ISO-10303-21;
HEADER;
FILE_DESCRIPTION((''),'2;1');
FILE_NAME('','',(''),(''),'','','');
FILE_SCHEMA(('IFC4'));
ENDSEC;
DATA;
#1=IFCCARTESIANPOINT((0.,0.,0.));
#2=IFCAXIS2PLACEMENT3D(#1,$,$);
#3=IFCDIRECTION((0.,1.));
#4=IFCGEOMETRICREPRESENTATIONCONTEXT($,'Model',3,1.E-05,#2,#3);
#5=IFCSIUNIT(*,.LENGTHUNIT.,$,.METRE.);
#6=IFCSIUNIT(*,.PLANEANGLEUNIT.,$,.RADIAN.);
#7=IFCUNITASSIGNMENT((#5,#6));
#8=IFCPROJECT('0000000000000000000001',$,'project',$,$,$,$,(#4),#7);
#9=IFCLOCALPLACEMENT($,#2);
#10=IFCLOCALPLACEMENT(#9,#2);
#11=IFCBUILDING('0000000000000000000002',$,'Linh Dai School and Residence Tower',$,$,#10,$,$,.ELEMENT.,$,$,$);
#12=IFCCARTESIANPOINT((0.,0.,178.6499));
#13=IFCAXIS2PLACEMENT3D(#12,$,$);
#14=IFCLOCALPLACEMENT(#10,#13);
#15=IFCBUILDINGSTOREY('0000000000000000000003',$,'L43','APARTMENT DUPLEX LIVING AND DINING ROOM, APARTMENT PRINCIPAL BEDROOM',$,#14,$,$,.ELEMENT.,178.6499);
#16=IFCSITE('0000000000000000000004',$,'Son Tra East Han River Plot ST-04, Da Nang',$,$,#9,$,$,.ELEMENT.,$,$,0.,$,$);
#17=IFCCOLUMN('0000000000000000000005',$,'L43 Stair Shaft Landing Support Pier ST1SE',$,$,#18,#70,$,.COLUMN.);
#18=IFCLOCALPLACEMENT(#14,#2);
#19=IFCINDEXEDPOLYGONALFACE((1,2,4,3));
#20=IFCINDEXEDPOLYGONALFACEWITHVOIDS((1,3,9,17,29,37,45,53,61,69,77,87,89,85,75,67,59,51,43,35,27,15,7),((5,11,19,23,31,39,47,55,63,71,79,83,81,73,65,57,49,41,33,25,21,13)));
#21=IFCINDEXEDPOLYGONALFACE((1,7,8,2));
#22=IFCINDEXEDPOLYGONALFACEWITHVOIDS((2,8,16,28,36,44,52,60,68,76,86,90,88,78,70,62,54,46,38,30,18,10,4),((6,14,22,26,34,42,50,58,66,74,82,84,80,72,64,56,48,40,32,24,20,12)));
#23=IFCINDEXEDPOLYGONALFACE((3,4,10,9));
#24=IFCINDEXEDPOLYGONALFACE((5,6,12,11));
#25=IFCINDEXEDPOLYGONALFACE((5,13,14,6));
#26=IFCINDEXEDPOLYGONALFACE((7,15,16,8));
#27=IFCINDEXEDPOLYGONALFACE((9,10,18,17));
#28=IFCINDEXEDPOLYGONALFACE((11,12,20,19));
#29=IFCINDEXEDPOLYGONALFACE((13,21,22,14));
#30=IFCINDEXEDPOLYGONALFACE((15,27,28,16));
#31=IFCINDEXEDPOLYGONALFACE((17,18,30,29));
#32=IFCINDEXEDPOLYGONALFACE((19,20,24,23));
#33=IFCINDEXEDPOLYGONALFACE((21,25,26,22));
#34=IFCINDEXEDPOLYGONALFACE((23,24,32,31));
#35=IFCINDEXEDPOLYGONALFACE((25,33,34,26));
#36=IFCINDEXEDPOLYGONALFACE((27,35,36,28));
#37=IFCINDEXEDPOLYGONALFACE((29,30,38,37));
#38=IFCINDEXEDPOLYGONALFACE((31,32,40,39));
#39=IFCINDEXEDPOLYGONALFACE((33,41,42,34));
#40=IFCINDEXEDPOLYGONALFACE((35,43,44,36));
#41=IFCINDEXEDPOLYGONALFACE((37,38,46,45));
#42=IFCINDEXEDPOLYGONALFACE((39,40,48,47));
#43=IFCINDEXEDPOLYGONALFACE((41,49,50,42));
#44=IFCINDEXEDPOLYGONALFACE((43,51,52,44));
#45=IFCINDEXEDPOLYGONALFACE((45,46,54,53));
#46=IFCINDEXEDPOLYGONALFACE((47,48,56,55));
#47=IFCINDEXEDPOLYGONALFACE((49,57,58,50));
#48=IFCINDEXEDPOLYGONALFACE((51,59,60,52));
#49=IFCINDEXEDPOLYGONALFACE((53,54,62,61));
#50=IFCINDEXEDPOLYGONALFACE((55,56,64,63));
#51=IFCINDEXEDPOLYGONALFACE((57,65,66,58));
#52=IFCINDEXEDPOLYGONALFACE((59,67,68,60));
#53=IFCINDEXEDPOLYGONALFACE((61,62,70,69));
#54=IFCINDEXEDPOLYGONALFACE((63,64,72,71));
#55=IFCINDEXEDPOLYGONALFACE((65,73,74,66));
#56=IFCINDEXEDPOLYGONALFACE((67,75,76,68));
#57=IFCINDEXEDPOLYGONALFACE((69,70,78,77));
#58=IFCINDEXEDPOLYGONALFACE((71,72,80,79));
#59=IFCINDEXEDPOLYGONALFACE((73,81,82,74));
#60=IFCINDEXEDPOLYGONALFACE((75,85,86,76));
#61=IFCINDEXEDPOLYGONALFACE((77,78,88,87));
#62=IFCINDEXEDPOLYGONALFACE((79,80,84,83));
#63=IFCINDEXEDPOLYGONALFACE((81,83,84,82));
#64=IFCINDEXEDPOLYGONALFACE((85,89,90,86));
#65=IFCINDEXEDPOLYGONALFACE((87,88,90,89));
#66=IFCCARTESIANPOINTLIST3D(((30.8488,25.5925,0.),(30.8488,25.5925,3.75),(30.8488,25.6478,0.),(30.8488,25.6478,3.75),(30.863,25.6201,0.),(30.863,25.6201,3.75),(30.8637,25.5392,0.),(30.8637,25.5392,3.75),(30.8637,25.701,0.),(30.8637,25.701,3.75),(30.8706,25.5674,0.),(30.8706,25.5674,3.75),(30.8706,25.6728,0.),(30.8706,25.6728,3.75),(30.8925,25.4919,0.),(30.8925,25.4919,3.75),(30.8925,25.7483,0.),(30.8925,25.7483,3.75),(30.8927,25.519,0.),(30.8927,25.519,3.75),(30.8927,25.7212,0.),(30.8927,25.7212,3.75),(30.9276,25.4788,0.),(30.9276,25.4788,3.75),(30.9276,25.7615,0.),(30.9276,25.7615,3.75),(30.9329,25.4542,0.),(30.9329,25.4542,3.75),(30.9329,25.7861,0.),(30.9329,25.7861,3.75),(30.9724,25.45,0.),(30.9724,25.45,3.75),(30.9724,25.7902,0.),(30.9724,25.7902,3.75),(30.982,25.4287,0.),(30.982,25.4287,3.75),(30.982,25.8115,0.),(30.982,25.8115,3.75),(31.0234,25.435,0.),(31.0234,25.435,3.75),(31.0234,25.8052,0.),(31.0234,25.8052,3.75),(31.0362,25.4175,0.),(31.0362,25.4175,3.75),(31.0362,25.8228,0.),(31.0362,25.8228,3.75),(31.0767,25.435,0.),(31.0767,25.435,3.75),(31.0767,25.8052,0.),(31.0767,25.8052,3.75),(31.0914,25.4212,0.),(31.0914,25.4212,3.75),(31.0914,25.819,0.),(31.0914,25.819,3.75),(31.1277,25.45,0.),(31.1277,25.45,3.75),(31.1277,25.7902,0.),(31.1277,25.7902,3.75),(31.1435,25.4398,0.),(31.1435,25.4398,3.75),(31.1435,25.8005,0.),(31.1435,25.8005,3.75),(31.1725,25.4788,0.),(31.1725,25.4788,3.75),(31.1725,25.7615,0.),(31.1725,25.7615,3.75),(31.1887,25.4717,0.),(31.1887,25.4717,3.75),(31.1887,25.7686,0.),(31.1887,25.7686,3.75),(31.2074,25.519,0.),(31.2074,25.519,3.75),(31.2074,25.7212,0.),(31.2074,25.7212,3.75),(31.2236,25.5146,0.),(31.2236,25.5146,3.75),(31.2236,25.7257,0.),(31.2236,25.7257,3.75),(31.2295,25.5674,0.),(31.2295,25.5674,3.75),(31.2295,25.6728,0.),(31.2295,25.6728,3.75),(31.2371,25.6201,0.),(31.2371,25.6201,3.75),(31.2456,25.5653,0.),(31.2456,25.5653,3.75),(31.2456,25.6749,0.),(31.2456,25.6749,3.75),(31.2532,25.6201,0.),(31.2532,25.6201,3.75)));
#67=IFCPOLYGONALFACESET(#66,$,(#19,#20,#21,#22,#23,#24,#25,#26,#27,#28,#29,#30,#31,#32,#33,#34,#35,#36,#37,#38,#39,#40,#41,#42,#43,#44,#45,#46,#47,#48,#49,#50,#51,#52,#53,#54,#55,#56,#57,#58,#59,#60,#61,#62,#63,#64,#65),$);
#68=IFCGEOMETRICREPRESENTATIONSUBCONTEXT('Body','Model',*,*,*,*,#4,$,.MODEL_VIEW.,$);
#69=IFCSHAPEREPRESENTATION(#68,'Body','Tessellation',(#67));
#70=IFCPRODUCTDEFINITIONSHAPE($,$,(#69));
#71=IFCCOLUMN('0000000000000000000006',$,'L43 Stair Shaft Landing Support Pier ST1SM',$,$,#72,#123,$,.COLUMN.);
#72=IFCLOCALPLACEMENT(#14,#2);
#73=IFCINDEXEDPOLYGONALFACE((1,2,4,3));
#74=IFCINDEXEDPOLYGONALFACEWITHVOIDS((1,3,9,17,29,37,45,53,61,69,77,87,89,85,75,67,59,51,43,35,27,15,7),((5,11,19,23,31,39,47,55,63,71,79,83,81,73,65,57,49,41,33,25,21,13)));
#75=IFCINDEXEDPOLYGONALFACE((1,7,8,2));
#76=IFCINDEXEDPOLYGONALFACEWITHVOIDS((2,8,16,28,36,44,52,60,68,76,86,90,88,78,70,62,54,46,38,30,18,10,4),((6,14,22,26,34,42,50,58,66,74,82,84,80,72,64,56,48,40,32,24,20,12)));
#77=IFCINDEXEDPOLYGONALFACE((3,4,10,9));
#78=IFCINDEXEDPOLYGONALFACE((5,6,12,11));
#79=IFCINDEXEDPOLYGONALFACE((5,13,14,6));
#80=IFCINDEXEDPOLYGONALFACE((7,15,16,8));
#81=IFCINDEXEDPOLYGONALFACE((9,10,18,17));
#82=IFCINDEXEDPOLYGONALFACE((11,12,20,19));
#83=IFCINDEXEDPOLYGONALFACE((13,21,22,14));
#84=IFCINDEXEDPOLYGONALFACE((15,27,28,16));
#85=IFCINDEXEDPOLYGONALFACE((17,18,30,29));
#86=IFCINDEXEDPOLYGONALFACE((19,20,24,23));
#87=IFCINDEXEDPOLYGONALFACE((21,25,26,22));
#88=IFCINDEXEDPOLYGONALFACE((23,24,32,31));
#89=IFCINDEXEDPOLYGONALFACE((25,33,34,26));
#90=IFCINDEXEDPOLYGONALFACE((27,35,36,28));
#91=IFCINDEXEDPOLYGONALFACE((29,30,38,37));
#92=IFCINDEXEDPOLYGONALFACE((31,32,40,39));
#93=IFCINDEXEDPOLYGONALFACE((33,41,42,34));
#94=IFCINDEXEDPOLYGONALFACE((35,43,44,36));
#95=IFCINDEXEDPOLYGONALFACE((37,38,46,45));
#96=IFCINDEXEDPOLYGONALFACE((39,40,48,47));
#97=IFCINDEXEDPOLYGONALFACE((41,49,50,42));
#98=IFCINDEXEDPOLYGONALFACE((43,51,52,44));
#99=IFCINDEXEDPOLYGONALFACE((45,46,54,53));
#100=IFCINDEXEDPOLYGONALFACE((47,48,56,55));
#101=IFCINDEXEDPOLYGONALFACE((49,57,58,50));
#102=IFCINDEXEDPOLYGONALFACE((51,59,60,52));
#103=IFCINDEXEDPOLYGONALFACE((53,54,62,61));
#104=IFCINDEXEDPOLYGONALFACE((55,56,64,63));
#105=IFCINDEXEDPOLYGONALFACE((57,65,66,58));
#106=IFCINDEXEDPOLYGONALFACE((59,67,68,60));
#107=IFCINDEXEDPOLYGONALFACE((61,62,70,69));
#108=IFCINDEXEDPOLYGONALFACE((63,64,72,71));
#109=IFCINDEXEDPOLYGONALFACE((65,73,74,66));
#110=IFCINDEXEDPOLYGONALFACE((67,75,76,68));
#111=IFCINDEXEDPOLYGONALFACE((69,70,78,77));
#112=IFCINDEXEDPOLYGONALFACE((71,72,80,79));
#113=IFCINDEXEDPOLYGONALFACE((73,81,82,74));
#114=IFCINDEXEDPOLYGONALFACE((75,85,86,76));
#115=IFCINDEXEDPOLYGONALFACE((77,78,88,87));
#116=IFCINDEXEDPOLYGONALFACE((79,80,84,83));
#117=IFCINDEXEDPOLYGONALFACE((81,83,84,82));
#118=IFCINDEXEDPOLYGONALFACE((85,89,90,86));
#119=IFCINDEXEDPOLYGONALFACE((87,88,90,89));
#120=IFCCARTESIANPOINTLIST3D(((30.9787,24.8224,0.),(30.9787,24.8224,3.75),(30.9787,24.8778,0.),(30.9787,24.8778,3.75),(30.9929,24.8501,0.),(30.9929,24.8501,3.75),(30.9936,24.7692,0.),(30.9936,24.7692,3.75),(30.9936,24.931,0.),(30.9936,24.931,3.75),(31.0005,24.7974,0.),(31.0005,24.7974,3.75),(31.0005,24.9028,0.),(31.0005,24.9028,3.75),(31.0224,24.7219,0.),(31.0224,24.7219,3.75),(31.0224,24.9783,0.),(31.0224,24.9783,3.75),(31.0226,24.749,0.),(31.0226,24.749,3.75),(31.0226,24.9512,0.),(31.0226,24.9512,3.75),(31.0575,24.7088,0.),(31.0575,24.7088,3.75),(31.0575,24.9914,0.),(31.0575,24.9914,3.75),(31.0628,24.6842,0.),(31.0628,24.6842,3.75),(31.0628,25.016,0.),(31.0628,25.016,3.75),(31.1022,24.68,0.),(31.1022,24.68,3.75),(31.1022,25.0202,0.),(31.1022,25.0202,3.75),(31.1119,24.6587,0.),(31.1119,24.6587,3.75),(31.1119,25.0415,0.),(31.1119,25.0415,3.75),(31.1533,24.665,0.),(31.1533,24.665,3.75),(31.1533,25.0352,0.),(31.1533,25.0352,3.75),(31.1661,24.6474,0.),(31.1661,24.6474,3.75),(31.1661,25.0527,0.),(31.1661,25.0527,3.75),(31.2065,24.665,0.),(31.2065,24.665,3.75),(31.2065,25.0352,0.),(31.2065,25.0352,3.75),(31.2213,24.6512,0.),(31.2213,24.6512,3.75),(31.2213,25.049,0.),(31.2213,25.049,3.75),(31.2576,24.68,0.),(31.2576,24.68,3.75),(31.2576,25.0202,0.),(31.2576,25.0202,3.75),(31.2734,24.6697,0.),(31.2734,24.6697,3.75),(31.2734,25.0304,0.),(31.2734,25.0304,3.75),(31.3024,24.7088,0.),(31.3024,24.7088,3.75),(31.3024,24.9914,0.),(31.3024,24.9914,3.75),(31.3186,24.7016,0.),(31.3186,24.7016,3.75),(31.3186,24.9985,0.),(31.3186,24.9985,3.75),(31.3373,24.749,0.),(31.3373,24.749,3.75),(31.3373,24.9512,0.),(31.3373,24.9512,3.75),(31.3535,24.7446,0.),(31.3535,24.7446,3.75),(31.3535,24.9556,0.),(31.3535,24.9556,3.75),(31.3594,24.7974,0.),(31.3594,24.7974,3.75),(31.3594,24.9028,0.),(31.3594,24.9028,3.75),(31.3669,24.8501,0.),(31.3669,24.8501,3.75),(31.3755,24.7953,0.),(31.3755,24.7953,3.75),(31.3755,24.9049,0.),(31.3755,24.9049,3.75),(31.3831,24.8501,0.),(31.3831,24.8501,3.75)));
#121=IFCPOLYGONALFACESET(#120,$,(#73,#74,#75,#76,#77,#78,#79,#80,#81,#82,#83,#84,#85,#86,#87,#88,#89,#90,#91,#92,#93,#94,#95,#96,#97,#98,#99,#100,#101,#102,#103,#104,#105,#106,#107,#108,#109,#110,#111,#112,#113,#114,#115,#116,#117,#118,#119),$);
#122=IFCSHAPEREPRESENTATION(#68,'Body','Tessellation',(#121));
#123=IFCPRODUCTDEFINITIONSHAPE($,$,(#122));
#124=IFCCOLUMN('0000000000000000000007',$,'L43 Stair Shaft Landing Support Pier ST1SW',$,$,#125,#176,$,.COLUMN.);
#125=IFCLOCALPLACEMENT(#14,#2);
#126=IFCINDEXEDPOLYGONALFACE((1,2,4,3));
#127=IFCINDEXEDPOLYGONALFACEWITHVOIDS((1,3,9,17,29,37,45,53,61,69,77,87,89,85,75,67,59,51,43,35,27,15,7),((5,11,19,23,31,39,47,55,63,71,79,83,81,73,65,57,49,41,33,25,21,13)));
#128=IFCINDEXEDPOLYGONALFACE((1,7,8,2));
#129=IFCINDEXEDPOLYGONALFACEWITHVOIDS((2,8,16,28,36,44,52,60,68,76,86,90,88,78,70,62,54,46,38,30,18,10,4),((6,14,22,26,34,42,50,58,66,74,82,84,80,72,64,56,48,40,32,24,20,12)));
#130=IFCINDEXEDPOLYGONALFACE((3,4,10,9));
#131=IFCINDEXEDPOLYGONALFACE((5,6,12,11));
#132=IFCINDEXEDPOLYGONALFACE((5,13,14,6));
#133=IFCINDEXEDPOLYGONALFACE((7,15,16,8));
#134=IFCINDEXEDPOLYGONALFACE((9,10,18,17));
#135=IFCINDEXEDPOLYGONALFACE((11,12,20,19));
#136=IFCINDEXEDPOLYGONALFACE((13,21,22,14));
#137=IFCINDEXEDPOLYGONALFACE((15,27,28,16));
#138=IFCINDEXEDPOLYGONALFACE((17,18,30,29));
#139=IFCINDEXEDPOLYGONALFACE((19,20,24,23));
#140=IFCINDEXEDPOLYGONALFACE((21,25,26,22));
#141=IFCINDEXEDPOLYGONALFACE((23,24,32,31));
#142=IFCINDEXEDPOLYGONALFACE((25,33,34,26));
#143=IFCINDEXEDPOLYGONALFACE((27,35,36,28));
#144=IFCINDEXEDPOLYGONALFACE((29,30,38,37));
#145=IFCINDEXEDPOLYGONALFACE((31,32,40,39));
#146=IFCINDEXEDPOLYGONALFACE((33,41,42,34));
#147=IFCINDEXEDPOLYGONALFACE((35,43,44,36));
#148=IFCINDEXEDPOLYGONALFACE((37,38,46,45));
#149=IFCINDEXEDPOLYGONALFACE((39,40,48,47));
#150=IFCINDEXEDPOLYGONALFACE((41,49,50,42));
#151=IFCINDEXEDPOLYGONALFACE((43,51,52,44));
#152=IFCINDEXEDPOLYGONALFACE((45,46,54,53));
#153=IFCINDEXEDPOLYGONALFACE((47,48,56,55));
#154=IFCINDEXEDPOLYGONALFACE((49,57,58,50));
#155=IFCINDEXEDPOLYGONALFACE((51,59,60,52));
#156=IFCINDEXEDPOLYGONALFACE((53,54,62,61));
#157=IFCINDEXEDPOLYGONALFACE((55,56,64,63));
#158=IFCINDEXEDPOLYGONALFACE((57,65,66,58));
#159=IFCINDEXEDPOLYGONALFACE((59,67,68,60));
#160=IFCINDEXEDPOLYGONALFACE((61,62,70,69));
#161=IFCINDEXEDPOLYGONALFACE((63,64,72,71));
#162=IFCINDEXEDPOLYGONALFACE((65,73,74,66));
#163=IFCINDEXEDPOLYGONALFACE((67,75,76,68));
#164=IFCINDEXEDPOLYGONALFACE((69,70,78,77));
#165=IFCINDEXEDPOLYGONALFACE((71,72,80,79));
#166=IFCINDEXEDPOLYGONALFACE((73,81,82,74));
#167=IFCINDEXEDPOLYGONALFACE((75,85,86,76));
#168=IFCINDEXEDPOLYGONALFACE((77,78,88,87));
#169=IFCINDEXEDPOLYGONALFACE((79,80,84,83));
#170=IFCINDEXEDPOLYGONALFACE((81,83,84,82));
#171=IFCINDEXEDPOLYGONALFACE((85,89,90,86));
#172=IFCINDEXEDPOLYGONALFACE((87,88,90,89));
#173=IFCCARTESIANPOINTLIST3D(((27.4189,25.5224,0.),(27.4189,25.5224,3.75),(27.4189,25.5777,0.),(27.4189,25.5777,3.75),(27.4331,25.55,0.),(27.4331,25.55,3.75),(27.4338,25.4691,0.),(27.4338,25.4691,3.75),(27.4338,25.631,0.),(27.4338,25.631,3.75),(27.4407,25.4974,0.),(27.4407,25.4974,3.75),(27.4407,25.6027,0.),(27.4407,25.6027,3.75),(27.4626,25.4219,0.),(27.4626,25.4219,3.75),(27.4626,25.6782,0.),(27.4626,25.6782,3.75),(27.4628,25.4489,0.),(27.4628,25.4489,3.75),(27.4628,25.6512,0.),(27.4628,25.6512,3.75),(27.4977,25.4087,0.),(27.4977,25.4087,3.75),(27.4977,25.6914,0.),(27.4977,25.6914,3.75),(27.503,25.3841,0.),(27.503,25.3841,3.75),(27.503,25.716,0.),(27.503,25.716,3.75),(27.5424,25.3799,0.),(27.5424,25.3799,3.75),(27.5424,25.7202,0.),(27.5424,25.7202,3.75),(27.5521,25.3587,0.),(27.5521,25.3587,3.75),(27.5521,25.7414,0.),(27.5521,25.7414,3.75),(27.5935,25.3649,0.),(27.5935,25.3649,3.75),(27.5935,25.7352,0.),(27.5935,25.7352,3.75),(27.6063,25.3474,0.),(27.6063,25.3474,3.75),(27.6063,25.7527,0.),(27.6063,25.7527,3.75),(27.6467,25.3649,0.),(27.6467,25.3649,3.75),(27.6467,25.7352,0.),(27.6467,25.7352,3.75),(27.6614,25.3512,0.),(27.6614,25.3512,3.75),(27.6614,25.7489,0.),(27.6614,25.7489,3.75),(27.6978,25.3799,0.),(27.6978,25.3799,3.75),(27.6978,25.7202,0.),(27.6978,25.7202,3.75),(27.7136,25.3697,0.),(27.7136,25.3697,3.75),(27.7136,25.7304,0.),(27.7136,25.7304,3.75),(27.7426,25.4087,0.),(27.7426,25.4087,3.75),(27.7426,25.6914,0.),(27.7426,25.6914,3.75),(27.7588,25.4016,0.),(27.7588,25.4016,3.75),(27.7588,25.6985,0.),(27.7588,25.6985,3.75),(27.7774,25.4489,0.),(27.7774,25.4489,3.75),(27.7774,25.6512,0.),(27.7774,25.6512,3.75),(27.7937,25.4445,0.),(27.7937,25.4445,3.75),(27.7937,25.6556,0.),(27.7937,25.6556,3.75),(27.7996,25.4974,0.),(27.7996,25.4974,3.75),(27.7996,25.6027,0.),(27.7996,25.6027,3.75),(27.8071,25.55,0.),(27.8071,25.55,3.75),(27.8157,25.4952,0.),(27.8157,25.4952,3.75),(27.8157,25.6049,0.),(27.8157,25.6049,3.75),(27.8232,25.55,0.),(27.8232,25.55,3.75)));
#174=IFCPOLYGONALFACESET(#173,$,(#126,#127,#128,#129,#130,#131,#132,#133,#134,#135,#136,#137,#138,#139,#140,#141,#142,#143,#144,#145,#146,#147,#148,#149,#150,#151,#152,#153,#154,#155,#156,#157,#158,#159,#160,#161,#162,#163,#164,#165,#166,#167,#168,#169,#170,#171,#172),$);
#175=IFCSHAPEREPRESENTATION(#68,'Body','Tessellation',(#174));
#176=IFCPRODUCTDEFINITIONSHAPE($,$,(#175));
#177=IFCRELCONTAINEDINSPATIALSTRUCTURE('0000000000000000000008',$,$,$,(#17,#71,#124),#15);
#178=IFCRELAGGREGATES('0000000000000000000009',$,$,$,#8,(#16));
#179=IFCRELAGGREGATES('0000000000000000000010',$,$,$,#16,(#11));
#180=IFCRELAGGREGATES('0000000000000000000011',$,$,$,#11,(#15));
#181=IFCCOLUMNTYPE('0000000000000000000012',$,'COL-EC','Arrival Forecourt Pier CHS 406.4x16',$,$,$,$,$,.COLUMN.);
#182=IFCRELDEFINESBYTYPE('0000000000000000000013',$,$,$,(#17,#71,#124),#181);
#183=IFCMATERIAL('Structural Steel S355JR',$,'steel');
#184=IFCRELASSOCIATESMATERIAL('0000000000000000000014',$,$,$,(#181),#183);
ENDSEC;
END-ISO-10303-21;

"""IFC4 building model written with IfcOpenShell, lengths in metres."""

from ifc_helpers import new_model, si_unit, direction, frame, origin, origin_2d, place, context, subcontext, project, spatial, hollow_circle, extrude, material, material_profile, profile_set, type_object, element, save


model = new_model("IFC4")

# Units and contexts
model_context = context("Model", 3, precision=1e-05, world=origin(), true_north=direction((0.0, 1.0)))
body_context = subcontext(model_context, "Body", "Model", "MODEL_VIEW")
ifc_project = project(units=[si_unit("LENGTHUNIT", "METRE"), si_unit("PLANEANGLEUNIT", "RADIAN")], contexts=[model_context])

# Site, building, storey
site_placement = place(None, origin())
site = spatial("IfcSite", under=ifc_project, at=site_placement, Name="Son Tra East Han River Plot ST-04, Da Nang", CompositionType="ELEMENT", RefElevation=0.0)
building_placement = place(site_placement, origin())
building = spatial("IfcBuilding", under=site, at=building_placement, Name="Linh Dai School and Residence Tower", CompositionType="ELEMENT")
storey_placement = place(building_placement, frame((0.0, 0.0, 178.6499)))
storey = spatial("IfcBuildingStorey", under=building, at=storey_placement, Name="L43", Description="APARTMENT DUPLEX LIVING AND DINING ROOM, APARTMENT PRINCIPAL BEDROOM", CompositionType="ELEMENT", Elevation=178.6499)

# Columns
ifc_material_1 = material(Name="Structural Steel S355JR", Category="steel")
ifc_material_profile_1 = material_profile(ifc_material_1, hollow_circle(Radius=0.2031, WallThickness=0.0161, at=origin_2d()), Name="CHS 406.4x16")
ifc_profile_set_1 = profile_set([ifc_material_profile_1], Name="Structural Steel S355JR")
column_type_1 = type_object("IfcColumnType", Name="COL-EC", Description="Arrival Forecourt Pier CHS 406.4x16", PredefinedType="COLUMN", material=ifc_profile_set_1)
for number, where, z_axis, x_axis, name in (
    (1, (31.05, 25.6201, 0.0), (0.0, 0.0, 1.0), (1.0, 0.0, 0.0), "L43 Stair Shaft Landing Support Pier ST1SE"),
    (2, (31.1799, 24.8501, 0.0), (0.0, 0.0, 1.0), (1.0, 0.0, 0.0), "L43 Stair Shaft Landing Support Pier ST1SM"),
    (3, (27.6201, 25.55, 0.0), (0.0, 0.0, 1.0), (1.0, 0.0, 0.0), "L43 Stair Shaft Landing Support Pier ST1SW"),
):
    element("IfcColumn", number, at=place(storey_placement, frame(where, z_axis=z_axis, x_axis=x_axis)), inside=storey, type_object=column_type_1, Name=name, PredefinedType="COLUMN", context=body_context, shape_type="SweptSolid", body=[
        extrude(hollow_circle(Radius=0.2031, WallThickness=0.0161, at=origin_2d()), origin(), (0.0, 0.0, 1.0), 3.75),
    ])

save(model, "model.ifc")
